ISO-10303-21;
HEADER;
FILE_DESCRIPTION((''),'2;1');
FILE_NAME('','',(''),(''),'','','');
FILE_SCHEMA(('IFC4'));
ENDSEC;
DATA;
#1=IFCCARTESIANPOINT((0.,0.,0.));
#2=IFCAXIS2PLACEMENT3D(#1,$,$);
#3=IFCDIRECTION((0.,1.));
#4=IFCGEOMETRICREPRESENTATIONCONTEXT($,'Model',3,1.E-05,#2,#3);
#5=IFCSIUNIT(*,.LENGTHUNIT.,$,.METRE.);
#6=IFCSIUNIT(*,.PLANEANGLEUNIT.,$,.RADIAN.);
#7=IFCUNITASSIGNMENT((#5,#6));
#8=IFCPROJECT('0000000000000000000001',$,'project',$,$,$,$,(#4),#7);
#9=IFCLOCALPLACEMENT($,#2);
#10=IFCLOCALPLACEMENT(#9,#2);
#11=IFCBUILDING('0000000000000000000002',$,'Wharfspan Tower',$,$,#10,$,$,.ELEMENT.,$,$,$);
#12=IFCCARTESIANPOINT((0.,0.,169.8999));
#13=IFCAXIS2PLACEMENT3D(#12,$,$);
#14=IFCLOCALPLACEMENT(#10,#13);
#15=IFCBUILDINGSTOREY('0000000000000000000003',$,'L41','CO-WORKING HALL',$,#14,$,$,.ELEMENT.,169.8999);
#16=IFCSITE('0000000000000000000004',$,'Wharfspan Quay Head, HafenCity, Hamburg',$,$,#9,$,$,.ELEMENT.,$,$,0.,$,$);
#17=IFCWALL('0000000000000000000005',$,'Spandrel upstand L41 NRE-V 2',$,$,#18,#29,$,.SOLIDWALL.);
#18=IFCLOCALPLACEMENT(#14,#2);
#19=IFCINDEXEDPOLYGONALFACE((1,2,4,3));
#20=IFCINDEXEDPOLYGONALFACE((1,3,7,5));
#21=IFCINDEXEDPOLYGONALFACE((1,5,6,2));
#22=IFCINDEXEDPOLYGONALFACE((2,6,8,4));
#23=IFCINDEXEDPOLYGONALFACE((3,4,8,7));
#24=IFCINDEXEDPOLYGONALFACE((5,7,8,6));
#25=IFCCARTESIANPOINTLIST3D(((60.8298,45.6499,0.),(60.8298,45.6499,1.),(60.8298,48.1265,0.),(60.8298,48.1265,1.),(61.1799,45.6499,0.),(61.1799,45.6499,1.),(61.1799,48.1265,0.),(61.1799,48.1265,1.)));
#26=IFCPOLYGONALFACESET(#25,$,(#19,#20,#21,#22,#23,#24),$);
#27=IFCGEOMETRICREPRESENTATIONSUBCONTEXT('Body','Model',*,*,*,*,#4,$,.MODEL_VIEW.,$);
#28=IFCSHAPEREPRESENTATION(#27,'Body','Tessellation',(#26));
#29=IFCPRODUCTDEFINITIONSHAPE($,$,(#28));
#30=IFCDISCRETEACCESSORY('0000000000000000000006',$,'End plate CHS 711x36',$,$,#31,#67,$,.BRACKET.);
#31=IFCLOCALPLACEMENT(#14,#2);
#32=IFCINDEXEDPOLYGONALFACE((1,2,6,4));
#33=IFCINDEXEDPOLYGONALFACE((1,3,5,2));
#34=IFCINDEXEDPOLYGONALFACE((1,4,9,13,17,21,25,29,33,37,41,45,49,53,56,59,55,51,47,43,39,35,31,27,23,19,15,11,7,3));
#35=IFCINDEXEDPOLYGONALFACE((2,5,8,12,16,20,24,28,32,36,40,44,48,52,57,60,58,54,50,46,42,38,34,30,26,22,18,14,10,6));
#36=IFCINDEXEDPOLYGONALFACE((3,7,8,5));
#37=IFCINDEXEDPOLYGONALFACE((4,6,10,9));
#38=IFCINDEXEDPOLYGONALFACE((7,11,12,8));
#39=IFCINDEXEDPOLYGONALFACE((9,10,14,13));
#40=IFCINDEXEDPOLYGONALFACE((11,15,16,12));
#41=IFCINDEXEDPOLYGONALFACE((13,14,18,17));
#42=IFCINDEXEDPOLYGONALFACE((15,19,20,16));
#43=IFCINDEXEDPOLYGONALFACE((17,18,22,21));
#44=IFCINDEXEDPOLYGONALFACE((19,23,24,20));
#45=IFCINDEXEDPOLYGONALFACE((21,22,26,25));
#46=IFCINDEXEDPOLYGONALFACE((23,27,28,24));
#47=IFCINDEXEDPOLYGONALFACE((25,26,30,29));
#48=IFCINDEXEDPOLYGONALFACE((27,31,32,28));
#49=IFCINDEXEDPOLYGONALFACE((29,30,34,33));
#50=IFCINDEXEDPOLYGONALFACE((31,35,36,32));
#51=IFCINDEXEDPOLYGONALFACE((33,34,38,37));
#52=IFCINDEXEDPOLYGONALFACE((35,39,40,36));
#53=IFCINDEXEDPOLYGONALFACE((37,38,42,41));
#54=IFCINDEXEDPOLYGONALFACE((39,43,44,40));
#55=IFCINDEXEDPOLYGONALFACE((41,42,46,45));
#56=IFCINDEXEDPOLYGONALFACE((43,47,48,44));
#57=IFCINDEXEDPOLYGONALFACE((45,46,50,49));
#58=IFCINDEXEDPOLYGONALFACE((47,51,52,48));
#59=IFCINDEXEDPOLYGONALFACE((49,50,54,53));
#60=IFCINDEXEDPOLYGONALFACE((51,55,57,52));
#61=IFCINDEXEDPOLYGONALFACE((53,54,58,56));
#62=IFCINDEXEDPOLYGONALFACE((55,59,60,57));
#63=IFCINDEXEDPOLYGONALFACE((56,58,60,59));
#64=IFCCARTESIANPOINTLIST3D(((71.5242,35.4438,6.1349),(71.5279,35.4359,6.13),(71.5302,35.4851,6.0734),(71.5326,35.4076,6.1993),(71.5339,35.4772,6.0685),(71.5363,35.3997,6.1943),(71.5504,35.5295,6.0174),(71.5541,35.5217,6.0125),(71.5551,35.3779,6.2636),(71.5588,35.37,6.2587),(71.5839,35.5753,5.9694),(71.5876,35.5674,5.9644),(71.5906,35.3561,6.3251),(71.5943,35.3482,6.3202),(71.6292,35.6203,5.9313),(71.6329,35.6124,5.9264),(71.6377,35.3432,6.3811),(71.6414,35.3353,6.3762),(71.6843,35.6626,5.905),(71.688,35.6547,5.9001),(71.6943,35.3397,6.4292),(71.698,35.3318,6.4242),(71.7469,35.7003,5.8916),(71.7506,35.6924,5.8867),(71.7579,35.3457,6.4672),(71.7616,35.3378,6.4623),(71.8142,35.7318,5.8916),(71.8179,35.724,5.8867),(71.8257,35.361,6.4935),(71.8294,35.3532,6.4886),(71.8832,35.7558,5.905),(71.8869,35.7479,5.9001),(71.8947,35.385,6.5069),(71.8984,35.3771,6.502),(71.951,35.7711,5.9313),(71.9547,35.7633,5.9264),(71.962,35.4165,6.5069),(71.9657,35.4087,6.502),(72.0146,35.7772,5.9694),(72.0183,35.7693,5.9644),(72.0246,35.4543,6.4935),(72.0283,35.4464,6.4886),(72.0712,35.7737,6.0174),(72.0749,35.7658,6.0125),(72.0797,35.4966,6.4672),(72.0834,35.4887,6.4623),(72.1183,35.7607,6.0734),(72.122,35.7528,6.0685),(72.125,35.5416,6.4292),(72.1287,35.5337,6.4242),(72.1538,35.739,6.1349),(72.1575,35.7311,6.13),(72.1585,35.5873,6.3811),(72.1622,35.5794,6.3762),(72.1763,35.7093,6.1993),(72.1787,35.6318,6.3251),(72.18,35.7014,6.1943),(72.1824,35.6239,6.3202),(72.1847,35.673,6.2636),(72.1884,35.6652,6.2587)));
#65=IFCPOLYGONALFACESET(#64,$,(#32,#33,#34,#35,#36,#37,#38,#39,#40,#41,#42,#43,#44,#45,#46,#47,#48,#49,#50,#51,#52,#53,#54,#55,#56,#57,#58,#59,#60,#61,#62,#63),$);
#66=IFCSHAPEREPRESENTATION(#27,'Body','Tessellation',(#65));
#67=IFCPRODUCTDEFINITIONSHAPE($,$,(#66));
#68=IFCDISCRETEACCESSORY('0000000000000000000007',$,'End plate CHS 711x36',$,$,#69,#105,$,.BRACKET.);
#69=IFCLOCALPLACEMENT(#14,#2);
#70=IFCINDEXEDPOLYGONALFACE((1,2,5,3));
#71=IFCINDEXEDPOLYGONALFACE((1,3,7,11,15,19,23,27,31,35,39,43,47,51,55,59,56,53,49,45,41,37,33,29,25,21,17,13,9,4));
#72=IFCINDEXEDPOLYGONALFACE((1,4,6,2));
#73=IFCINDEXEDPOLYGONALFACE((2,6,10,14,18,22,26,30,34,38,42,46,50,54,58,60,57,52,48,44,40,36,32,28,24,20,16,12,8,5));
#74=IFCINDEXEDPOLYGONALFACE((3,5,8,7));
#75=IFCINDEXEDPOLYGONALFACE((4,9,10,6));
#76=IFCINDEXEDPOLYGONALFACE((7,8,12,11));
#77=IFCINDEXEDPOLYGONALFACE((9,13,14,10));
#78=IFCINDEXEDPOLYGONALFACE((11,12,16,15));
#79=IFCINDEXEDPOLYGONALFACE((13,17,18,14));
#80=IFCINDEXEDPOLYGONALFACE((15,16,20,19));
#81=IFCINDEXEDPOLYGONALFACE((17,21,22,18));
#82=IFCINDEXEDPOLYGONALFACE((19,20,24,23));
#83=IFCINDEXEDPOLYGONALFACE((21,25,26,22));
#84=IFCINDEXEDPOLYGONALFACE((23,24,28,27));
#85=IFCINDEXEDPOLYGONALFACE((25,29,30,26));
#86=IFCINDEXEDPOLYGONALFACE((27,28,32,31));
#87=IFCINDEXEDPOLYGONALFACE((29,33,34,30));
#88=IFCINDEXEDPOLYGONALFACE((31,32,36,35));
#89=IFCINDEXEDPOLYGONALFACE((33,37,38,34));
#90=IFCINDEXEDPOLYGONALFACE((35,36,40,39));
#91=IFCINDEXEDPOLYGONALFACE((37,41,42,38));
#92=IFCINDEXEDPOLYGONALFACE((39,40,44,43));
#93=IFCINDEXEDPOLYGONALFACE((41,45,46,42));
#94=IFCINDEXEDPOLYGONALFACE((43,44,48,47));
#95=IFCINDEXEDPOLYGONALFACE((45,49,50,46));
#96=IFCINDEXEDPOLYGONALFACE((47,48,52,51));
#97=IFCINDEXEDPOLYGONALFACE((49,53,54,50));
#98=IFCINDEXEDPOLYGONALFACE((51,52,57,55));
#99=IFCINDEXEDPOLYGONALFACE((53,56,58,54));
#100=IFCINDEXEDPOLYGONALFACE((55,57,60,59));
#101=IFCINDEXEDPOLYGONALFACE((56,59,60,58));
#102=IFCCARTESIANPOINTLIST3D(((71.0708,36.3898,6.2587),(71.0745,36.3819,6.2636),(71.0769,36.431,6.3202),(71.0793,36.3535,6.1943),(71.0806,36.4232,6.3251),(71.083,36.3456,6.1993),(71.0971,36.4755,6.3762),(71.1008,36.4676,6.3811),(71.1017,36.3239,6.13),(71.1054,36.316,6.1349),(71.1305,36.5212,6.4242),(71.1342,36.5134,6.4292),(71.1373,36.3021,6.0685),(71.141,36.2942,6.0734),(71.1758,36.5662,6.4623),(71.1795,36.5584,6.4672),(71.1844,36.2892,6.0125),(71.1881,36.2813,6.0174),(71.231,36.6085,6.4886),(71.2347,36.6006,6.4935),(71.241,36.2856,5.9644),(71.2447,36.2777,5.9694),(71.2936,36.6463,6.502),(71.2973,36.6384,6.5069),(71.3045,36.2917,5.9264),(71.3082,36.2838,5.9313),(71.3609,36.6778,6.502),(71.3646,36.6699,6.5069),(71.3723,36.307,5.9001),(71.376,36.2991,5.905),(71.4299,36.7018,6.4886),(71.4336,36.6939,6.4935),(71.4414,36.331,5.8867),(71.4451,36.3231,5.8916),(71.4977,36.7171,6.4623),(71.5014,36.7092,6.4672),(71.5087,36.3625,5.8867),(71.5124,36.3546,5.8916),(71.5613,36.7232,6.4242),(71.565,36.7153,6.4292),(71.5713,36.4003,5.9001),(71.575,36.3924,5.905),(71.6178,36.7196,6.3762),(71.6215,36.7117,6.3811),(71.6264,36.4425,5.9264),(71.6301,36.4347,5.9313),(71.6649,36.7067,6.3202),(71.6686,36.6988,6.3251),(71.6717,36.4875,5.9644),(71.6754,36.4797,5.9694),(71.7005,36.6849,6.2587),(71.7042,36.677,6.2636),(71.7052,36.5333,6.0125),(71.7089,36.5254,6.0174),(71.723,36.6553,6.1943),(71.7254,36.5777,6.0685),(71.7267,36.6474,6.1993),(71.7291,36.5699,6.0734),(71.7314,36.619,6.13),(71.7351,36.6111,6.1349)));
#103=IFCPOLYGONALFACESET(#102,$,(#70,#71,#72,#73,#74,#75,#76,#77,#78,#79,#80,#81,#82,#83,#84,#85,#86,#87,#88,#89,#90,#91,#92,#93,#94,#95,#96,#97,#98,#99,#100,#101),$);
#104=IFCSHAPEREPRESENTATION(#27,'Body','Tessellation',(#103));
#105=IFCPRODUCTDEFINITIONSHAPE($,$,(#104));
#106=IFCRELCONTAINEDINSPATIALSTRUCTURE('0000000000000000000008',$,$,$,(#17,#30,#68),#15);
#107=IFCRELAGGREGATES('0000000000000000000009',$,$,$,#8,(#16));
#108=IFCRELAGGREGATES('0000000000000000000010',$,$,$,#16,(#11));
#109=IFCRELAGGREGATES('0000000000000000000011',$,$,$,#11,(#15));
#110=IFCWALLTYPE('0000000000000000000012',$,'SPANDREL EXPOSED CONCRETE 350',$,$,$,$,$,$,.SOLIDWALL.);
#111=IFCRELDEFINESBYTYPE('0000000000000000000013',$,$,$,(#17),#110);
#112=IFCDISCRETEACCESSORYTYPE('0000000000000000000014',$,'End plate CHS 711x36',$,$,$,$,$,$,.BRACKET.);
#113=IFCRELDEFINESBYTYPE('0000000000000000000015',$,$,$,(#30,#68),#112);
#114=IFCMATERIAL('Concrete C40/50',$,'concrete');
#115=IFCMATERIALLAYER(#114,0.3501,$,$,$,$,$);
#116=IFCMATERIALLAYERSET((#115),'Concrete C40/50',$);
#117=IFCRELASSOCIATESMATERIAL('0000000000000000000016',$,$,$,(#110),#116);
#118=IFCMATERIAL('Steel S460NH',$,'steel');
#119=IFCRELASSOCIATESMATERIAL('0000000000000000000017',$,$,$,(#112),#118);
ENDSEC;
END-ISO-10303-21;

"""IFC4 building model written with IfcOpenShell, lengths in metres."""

from ifc_helpers import new_model, si_unit, direction, frame, frame_2d, origin, origin_2d, place, context, subcontext, project, spatial, rectangle, circle, extrude, material, layer, layer_set, material_profile, profile_set, type_object, element, save


model = new_model("IFC4")

# Units and contexts
model_context = context("Model", 3, precision=1e-05, world=origin(), true_north=direction((0.0, 1.0)))
body_context = subcontext(model_context, "Body", "Model", "MODEL_VIEW")
ifc_project = project(units=[si_unit("LENGTHUNIT", "METRE"), si_unit("PLANEANGLEUNIT", "RADIAN")], contexts=[model_context])

# Site, building, storey
site_placement = place(None, origin())
site = spatial("IfcSite", under=ifc_project, at=site_placement, Name="Wharfspan Quay Head, HafenCity, Hamburg", CompositionType="ELEMENT", RefElevation=0.0)
building_placement = place(site_placement, origin())
building = spatial("IfcBuilding", under=site, at=building_placement, Name="Wharfspan Tower", CompositionType="ELEMENT")
storey_placement = place(building_placement, frame((0.0, 0.0, 169.8999)))
storey = spatial("IfcBuildingStorey", under=building, at=storey_placement, Name="L41", Description="CO-WORKING HALL", CompositionType="ELEMENT", Elevation=169.8999)

# Shared definitions
ifc_material_1 = material(Name="Steel S460NH", Category="steel")

# Wall
ifc_material_2 = material(Name="Concrete C40/50", Category="concrete")
ifc_layer_1 = layer(ifc_material_2, 0.3501)
ifc_layer_set_1 = layer_set([ifc_layer_1], Name="Concrete C40/50")
wall_type_1 = type_object("IfcWallType", Name="SPANDREL EXPOSED CONCRETE 350", PredefinedType="SOLIDWALL", material=ifc_layer_set_1)
wall_1_placement = place(storey_placement, frame((61.0049, 45.6499, 0.0), z_axis=(0.0, 0.0, 1.0), x_axis=(0.0, 1.0, 0.0)))
element("IfcWall", 1, at=wall_1_placement, inside=storey, type_object=wall_type_1, Name="Spandrel upstand L41 NRE-V 2", PredefinedType="SOLIDWALL", context=body_context, shape_type="SweptSolid", body=[
    extrude(rectangle(XDim=2.4766, YDim=0.3501, at=frame_2d((1.2383, 0.0))), origin(), (0.0, 0.0, 1.0), 1.0),
])

# Discrete accessories
ifc_material_profile_1 = material_profile(ifc_material_1, circle(Radius=0.3555, at=origin_2d()))
ifc_profile_set_1 = profile_set([ifc_material_profile_1], Name="Steel S460NH")
discrete_accessory_type = type_object("IfcDiscreteAccessoryType", Name="End plate CHS 711x36", PredefinedType="BRACKET", material=ifc_profile_set_1)
for number, where, z_axis, x_axis, name in (
    (2, (71.8582, 35.5505, 6.1943), (-0.369386, 0.788024, 0.492515), (-0.905459, -0.424433, -0.000001), "End plate CHS 711x36"),
    (3, (71.4011, 36.5044, 6.1943), (0.369386, -0.788024, 0.492515), (0.905459, 0.424433, -0.000001), "End plate CHS 711x36"),
):
    element("IfcDiscreteAccessory", number, at=place(storey_placement, frame(where, z_axis=z_axis, x_axis=x_axis)), inside=storey, type_object=discrete_accessory_type, Name=name, PredefinedType="BRACKET", context=body_context, shape_type="SweptSolid", body=[
        extrude(circle(Radius=0.3555, at=origin_2d()), origin(), (0.0, 0.0, 1.0), 0.01),
    ])

save(model, "model.ifc")
